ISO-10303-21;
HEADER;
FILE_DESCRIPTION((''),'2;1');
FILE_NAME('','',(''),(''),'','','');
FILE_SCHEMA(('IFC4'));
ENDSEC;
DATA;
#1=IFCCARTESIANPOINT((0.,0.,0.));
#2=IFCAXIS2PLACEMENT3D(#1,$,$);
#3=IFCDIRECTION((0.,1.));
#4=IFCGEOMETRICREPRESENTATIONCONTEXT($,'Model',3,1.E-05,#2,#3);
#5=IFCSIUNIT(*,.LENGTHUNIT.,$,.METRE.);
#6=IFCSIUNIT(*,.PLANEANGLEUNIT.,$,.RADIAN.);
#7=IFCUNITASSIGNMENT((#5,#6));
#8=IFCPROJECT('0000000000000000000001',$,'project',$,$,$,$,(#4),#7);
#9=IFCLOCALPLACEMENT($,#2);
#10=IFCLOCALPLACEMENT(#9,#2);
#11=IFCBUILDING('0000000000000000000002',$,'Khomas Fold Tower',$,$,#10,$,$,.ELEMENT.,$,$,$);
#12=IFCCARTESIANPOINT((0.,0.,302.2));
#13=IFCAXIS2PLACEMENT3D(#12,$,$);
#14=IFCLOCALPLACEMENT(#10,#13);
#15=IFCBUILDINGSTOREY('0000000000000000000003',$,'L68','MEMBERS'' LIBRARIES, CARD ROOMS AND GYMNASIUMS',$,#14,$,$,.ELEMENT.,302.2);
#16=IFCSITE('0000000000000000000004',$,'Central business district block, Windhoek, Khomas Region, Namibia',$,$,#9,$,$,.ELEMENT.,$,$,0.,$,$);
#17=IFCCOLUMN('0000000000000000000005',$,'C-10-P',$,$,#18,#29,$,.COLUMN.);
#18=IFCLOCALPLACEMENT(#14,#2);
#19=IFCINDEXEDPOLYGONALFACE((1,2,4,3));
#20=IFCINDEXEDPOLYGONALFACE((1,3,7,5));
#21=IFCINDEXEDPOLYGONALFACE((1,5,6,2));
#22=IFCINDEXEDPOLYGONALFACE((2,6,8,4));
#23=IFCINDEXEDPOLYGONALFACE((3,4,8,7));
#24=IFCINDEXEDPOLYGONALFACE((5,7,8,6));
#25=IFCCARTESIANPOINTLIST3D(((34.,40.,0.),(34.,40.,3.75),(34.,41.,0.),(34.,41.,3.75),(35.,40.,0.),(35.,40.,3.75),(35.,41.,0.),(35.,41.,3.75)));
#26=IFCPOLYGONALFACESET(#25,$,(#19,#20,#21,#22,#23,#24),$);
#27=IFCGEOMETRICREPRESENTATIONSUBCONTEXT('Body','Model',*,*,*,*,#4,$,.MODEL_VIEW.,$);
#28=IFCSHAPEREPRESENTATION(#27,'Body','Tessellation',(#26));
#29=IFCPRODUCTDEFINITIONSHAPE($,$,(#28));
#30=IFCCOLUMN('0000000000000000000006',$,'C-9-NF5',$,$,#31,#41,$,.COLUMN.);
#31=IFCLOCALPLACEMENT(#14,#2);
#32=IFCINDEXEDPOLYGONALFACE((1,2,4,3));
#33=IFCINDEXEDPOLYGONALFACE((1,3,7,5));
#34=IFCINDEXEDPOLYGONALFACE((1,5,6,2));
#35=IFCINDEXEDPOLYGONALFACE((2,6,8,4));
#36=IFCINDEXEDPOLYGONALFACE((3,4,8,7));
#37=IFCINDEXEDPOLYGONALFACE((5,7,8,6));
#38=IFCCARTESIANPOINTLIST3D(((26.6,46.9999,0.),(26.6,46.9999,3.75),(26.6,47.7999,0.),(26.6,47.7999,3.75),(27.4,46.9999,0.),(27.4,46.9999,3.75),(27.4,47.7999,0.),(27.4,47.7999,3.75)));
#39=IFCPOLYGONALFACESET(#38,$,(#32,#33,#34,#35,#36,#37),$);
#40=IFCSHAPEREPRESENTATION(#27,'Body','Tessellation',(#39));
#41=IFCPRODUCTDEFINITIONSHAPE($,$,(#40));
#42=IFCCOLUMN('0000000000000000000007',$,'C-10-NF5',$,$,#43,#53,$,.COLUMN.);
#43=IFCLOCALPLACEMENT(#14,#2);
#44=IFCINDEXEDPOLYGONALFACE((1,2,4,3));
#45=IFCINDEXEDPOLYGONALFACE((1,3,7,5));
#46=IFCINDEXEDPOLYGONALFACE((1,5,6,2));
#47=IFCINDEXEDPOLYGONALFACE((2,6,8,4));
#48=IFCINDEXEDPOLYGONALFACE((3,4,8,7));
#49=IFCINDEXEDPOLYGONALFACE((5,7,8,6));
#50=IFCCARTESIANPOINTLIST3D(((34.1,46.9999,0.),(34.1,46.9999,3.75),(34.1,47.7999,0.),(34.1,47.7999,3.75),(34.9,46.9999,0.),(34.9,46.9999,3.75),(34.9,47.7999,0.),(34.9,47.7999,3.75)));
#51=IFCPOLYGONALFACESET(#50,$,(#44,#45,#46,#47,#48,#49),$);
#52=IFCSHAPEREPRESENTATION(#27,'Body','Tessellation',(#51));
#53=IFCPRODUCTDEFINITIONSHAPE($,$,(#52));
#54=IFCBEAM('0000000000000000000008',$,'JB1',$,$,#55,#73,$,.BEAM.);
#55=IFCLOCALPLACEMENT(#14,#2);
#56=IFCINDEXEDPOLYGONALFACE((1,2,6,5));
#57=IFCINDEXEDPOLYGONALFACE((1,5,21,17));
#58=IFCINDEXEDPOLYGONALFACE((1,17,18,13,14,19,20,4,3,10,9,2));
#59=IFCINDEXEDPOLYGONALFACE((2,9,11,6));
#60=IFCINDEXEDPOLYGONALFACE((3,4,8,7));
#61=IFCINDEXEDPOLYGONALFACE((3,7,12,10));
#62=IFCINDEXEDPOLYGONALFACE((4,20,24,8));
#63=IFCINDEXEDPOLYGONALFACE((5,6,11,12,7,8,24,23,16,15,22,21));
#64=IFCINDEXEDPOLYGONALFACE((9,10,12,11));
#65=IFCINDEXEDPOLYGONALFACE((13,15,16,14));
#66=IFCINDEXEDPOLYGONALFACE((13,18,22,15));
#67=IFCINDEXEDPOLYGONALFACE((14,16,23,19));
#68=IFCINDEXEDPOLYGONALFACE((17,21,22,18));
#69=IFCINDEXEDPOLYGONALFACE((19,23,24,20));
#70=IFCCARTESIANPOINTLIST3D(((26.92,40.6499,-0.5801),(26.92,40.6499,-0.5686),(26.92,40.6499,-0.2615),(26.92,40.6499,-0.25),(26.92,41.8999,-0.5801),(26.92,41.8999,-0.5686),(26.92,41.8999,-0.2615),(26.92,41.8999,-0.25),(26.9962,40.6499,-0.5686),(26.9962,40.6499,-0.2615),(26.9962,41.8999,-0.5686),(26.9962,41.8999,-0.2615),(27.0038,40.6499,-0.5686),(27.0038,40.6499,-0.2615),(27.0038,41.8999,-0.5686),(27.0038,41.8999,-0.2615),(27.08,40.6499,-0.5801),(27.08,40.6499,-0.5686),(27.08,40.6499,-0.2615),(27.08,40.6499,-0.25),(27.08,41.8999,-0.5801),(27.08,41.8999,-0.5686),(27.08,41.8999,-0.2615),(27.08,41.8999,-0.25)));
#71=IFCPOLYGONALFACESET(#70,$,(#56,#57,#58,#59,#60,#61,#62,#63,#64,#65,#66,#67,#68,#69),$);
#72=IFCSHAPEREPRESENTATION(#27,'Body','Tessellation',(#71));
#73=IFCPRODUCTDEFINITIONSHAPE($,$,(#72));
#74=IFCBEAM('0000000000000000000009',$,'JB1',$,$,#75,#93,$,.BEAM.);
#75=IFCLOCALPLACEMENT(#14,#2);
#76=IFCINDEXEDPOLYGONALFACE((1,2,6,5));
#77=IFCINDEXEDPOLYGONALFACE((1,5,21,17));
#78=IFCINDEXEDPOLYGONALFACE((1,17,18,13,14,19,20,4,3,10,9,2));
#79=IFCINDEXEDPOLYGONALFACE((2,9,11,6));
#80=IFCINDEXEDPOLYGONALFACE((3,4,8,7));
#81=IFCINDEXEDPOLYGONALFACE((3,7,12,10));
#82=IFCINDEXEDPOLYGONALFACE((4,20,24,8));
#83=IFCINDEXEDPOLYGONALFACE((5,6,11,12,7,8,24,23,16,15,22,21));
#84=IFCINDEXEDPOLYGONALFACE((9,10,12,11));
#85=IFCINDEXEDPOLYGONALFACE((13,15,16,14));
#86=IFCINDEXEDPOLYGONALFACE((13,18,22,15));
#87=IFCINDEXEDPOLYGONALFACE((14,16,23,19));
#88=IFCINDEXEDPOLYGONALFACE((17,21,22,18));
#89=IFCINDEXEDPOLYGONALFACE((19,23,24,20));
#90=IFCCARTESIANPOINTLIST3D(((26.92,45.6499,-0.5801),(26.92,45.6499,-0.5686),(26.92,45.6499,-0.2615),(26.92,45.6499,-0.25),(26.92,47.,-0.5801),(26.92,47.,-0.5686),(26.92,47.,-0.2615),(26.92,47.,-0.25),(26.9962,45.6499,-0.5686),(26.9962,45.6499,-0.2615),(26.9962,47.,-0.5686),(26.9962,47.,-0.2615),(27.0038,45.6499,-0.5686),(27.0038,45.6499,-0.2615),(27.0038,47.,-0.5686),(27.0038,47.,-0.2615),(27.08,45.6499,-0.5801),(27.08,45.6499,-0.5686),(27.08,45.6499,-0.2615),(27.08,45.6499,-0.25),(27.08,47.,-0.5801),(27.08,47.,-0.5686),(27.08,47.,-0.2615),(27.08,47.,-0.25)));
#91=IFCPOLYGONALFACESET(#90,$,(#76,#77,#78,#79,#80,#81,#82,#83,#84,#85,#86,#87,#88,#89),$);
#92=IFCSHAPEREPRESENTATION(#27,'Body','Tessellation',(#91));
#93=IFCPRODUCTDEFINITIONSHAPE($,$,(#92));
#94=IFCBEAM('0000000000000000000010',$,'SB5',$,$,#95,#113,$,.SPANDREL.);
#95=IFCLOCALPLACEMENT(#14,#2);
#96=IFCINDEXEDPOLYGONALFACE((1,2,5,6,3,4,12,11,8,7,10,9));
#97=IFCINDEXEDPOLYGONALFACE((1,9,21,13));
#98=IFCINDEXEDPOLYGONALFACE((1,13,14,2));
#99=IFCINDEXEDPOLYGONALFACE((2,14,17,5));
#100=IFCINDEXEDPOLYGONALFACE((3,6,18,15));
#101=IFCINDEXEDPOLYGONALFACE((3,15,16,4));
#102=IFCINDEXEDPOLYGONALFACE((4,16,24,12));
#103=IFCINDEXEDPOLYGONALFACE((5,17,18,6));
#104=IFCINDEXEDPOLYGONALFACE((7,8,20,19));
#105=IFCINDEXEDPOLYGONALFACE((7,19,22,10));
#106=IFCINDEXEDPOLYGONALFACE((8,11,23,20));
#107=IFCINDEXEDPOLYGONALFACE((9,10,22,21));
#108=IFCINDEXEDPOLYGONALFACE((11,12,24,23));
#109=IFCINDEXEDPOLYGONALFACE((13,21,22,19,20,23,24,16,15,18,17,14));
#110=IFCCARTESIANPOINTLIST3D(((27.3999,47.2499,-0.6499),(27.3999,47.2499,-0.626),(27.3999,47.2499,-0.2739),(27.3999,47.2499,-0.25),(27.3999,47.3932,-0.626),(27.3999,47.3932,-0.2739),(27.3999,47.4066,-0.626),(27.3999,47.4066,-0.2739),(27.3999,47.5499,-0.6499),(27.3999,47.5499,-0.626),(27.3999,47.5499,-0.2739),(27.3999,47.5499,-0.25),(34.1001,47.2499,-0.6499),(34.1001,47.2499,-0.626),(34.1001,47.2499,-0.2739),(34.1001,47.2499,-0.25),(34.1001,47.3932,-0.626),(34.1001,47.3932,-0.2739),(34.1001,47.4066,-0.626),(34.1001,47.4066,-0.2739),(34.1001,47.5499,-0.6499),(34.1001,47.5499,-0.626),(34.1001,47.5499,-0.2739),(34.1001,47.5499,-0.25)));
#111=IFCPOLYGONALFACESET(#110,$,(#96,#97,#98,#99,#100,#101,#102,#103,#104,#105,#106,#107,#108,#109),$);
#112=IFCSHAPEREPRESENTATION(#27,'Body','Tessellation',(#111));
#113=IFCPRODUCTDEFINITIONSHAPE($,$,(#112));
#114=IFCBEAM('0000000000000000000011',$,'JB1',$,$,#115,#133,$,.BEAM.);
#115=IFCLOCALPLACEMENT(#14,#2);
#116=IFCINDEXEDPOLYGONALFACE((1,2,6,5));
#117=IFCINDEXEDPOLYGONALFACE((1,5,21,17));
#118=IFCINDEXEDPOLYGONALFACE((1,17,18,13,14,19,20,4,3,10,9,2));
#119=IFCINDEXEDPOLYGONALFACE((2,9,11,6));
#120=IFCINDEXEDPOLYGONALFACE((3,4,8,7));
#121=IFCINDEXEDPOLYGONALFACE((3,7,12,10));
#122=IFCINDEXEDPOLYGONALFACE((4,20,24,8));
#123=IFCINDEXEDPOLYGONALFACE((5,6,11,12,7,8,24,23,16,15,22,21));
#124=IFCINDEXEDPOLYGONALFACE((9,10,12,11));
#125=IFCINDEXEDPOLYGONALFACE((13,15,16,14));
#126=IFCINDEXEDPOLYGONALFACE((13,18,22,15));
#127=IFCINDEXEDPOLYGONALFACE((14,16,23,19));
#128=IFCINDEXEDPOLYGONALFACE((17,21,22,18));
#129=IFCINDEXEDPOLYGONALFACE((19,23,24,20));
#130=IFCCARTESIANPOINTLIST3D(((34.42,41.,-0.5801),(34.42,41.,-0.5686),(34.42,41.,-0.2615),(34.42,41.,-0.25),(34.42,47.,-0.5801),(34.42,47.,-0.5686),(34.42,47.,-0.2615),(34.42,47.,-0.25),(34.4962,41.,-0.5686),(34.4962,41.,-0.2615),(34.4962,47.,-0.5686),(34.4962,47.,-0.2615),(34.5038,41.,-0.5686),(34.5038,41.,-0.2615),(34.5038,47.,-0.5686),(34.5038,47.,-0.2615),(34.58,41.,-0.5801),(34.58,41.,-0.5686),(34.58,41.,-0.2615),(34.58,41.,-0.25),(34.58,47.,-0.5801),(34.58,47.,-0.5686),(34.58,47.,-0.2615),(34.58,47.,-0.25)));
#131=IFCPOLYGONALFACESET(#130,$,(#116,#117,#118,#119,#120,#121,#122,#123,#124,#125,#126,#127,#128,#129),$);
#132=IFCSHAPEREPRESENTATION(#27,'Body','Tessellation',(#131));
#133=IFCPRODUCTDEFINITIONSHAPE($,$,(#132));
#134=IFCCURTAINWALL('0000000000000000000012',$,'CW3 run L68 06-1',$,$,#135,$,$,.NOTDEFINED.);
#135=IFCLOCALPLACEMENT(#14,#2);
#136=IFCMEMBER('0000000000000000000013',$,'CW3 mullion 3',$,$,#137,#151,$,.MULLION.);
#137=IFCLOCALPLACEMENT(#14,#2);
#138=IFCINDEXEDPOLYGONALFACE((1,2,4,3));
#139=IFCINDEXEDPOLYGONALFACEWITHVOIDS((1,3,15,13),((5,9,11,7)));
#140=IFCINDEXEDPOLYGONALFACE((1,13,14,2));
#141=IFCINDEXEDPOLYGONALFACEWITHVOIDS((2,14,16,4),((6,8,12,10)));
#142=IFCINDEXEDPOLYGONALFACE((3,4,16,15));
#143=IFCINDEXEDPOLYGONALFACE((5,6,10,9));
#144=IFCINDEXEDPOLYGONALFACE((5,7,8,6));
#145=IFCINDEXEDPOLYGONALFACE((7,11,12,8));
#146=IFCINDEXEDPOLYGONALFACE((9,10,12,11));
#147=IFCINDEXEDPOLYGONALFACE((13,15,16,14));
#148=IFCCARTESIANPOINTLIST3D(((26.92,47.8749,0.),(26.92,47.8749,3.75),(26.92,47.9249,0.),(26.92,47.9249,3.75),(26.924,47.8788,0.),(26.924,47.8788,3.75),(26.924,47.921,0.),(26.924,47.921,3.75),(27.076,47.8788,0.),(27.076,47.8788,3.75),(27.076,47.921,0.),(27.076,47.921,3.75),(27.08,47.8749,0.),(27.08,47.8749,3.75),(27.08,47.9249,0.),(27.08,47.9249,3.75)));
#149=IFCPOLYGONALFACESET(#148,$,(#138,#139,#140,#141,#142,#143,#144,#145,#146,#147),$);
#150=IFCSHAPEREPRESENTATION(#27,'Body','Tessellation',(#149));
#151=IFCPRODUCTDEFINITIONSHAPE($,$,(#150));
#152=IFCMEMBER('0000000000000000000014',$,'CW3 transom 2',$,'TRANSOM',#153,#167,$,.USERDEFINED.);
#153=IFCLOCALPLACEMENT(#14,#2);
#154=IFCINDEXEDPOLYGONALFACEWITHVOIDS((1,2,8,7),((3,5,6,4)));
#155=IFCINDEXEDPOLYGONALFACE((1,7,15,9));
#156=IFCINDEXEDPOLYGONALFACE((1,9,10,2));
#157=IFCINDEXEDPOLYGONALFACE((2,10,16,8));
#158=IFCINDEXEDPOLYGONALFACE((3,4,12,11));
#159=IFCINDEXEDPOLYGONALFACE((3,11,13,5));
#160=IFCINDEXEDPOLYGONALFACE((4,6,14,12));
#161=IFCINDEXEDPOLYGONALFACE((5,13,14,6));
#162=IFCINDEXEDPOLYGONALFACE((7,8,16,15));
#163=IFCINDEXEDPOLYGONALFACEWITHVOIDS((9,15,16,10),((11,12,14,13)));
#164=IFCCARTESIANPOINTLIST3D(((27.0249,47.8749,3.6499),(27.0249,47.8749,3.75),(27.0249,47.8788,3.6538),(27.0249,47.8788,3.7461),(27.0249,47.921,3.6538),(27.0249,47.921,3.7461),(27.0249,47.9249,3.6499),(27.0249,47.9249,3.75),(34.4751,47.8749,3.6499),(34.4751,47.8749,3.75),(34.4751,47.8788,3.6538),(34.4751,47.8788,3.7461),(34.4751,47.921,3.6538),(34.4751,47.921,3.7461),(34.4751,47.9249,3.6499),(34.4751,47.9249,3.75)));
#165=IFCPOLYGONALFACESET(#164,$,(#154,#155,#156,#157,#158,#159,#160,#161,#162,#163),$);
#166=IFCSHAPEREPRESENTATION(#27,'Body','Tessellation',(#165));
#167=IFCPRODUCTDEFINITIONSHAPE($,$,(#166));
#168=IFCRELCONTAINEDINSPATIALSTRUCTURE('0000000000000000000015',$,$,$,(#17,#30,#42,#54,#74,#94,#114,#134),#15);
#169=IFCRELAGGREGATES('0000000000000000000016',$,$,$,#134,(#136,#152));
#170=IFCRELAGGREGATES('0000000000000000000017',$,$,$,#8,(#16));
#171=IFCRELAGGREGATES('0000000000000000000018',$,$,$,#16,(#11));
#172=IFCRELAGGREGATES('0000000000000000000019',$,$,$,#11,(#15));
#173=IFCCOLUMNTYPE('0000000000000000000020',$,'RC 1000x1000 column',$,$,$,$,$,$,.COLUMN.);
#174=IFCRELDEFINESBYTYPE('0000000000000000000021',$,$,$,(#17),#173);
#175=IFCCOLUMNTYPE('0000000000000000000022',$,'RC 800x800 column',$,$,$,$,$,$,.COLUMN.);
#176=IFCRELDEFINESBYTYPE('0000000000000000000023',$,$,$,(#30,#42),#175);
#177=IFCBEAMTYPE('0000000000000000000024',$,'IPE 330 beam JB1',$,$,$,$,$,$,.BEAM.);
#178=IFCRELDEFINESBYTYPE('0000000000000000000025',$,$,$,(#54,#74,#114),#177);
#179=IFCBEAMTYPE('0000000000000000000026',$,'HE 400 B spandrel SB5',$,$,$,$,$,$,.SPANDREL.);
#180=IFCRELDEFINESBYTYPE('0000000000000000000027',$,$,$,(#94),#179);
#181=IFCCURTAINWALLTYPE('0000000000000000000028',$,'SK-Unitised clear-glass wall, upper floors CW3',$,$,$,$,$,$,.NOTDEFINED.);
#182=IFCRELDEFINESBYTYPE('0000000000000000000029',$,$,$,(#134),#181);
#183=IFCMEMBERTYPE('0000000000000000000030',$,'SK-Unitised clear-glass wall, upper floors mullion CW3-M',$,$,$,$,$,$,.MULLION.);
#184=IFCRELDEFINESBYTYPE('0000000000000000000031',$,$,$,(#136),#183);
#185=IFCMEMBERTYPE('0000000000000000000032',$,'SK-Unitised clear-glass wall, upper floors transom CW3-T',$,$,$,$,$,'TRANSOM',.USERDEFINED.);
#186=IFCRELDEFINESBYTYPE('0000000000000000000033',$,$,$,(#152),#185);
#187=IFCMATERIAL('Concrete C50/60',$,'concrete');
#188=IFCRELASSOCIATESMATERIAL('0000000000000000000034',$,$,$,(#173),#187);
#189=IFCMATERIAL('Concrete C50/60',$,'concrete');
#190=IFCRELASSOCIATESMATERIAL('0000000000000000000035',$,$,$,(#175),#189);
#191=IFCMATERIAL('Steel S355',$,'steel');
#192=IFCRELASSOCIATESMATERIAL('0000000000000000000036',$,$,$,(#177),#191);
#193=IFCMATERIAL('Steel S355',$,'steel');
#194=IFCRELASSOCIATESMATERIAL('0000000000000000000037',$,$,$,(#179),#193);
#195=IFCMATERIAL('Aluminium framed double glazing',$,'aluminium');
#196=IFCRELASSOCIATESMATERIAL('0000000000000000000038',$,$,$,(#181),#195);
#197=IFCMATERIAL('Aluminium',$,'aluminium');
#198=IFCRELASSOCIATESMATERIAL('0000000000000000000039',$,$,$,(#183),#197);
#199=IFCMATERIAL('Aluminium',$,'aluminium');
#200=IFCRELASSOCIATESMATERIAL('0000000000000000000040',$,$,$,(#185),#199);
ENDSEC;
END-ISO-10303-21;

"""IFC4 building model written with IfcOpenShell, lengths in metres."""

from ifc_helpers import new_model, si_unit, direction, frame, origin, origin_2d, place, context, subcontext, project, spatial, rectangle, hollow_rectangle, i_section, extrude, source, transform, mapped, material, material_profile, profile_set, type_object, element, aggregate, save


model = new_model("IFC4")

# Units and contexts
model_context = context("Model", 3, precision=1e-05, world=origin(), true_north=direction((0.0, 1.0)))
body_context = subcontext(model_context, "Body", "Model", "MODEL_VIEW")
ifc_project = project(units=[si_unit("LENGTHUNIT", "METRE"), si_unit("PLANEANGLEUNIT", "RADIAN")], contexts=[model_context])

# Site, building, storey
site_placement = place(None, origin())
site = spatial("IfcSite", under=ifc_project, at=site_placement, Name="Central business district block, Windhoek, Khomas Region, Namibia", CompositionType="ELEMENT", RefElevation=0.0)
building_placement = place(site_placement, origin())
building = spatial("IfcBuilding", under=site, at=building_placement, Name="Khomas Fold Tower", CompositionType="ELEMENT")
storey_placement = place(building_placement, frame((0.0, 0.0, 302.2)))
storey = spatial("IfcBuildingStorey", under=building, at=storey_placement, Name="L68", Description="MEMBERS' LIBRARIES, CARD ROOMS AND GYMNASIUMS", CompositionType="ELEMENT", Elevation=302.2)

# Columns
ifc_material_1 = material(Name="Concrete C50/60", Category="concrete")
ifc_material_profile_1 = material_profile(ifc_material_1, rectangle(XDim=1.0, YDim=1.0, at=origin_2d()), Name="RC 1000x1000")
ifc_profile_set_1 = profile_set([ifc_material_profile_1], Name="Concrete C50/60")
column_type_1 = type_object("IfcColumnType", Name="RC 1000x1000 column", PredefinedType="COLUMN", material=ifc_profile_set_1)
shared_shape_1 = source(origin(), body_context, "Body", "SweptSolid", [
    extrude(rectangle(XDim=1.0, YDim=1.0, at=origin_2d()), origin(), (0.0, 0.0, 1.0), 3.75),
])
column_placement = place(storey_placement, frame((34.5, 40.5, 0.0), z_axis=(0.0, 0.0, 1.0), x_axis=(1.0, 0.0, 0.0)))
element("IfcColumn", 1, at=column_placement, inside=storey, type_object=column_type_1, Name="C-10-P", PredefinedType="COLUMN", context=body_context, shape_type="MappedRepresentation", body=[
    mapped(shared_shape_1, transform((0.0, 0.0, 0.0))),
])
ifc_material_2 = material(Name="Concrete C50/60", Category="concrete")
ifc_material_profile_2 = material_profile(ifc_material_2, rectangle(XDim=0.8, YDim=0.8, at=origin_2d()), Name="RC 800x800")
ifc_profile_set_2 = profile_set([ifc_material_profile_2], Name="Concrete C50/60")
column_type_2 = type_object("IfcColumnType", Name="RC 800x800 column", PredefinedType="COLUMN", material=ifc_profile_set_2)
shared_shape_2 = source(origin(), body_context, "Body", "SweptSolid", [
    extrude(rectangle(XDim=0.8, YDim=0.8, at=origin_2d()), origin(), (0.0, 0.0, 1.0), 3.75),
])
for number, where, z_axis, x_axis, name in (
    (2, (27.0, 47.3999, 0.0), (0.0, 0.0, 1.0), (1.0, 0.0, 0.0), "C-9-NF5"),
    (3, (34.5, 47.3999, 0.0), (0.0, 0.0, 1.0), (1.0, 0.0, 0.0), "C-10-NF5"),
):
    element("IfcColumn", number, at=place(storey_placement, frame(where, z_axis=z_axis, x_axis=x_axis)), inside=storey, type_object=column_type_2, Name=name, PredefinedType="COLUMN", context=body_context, shape_type="MappedRepresentation", body=[
        mapped(shared_shape_2, transform((0.0, 0.0, 0.0))),
    ])

# Beams
ifc_material_3 = material(Name="Steel S355", Category="steel")
ifc_material_profile_3 = material_profile(ifc_material_3, i_section(OverallWidth=0.1599, OverallDepth=0.3301, WebThickness=0.0076, FlangeThickness=0.0115, at=origin_2d()), Name="IPE 330")
ifc_profile_set_3 = profile_set([ifc_material_profile_3], Name="Steel S355")
beam_type_1 = type_object("IfcBeamType", Name="IPE 330 beam JB1", PredefinedType="BEAM", material=ifc_profile_set_3)
shared_shape_3 = source(origin(), body_context, "Body", "SweptSolid", [
    extrude(i_section(OverallWidth=0.1599, OverallDepth=0.3301, WebThickness=0.0076, FlangeThickness=0.0115, at=origin_2d()), origin(), (0.0, 0.0, 1.0), 1.25),
])
beam_1_placement = place(storey_placement, frame((27.0, 40.6499, -0.415), z_axis=(0.0, 1.0, 0.0), x_axis=(-1.0, 0.0, 0.0)))
element("IfcBeam", 4, at=beam_1_placement, inside=storey, type_object=beam_type_1, Name="JB1", PredefinedType="BEAM", context=body_context, shape_type="MappedRepresentation", body=[
    mapped(shared_shape_3, transform((0.0, 0.0, 0.0))),
])
shared_shape_4 = source(origin(), body_context, "Body", "SweptSolid", [
    extrude(i_section(OverallWidth=0.1599, OverallDepth=0.3301, WebThickness=0.0076, FlangeThickness=0.0115, at=origin_2d()), origin(), (0.0, 0.0, 1.0), 1.3501),
])
beam_2_placement = place(storey_placement, frame((27.0, 45.6499, -0.415), z_axis=(0.0, 1.0, 0.0), x_axis=(-1.0, 0.0, 0.0)))
element("IfcBeam", 5, at=beam_2_placement, inside=storey, type_object=beam_type_1, Name="JB1", PredefinedType="BEAM", context=body_context, shape_type="MappedRepresentation", body=[
    mapped(shared_shape_4, transform((0.0, 0.0, 0.0))),
])
ifc_material_4 = material(Name="Steel S355", Category="steel")
ifc_material_profile_4 = material_profile(ifc_material_4, i_section(OverallWidth=0.3, OverallDepth=0.3999, WebThickness=0.0134, FlangeThickness=0.0239, at=origin_2d()), Name="HE 400 B")
ifc_profile_set_4 = profile_set([ifc_material_profile_4], Name="Steel S355")
beam_type_2 = type_object("IfcBeamType", Name="HE 400 B spandrel SB5", PredefinedType="SPANDREL", material=ifc_profile_set_4)
shared_shape_5 = source(origin(), body_context, "Body", "SweptSolid", [
    extrude(i_section(OverallWidth=0.3, OverallDepth=0.3999, WebThickness=0.0134, FlangeThickness=0.0239, at=origin_2d()), origin(), (0.0, 0.0, 1.0), 6.7002),
])
beam_3_placement = place(storey_placement, frame((27.3999, 47.3999, -0.45), z_axis=(1.0, 0.0, 0.0), x_axis=(0.0, 1.0, 0.0)))
element("IfcBeam", 6, at=beam_3_placement, inside=storey, type_object=beam_type_2, Name="SB5", PredefinedType="SPANDREL", context=body_context, shape_type="MappedRepresentation", body=[
    mapped(shared_shape_5, transform((0.0, 0.0, 0.0))),
])
shared_shape_6 = source(origin(), body_context, "Body", "SweptSolid", [
    extrude(i_section(OverallWidth=0.1599, OverallDepth=0.3301, WebThickness=0.0076, FlangeThickness=0.0115, at=origin_2d()), origin(), (0.0, 0.0, 1.0), 6.0),
])
beam_4_placement = place(storey_placement, frame((34.5, 41.0, -0.415), z_axis=(0.0, 1.0, 0.0), x_axis=(-1.0, 0.0, 0.0)))
element("IfcBeam", 7, at=beam_4_placement, inside=storey, type_object=beam_type_1, Name="JB1", PredefinedType="BEAM", context=body_context, shape_type="MappedRepresentation", body=[
    mapped(shared_shape_6, transform((0.0, 0.0, 0.0))),
])

# Curtain wall, members
ifc_material_5 = material(Name="Aluminium framed double glazing", Category="aluminium")
curtain_wall_type = type_object("IfcCurtainWallType", Name="SK-Unitised clear-glass wall, upper floors CW3", PredefinedType="NOTDEFINED", material=ifc_material_5)
curtain_wall_placement = place(storey_placement, origin())
curtain_wall = element("IfcCurtainWall", 8, at=curtain_wall_placement, inside=storey, type_object=curtain_wall_type, Name="CW3 run L68 06-1", PredefinedType="NOTDEFINED")
ifc_material_6 = material(Name="Aluminium", Category="aluminium")
ifc_material_profile_5 = material_profile(ifc_material_6, hollow_rectangle(XDim=0.05, YDim=0.1599, WallThickness=0.0039, at=origin_2d()), Name="SK-Unitised clear-glass wall, upper floors mullion CW3-M")
ifc_profile_set_5 = profile_set([ifc_material_profile_5], Name="Aluminium")
member_type_1 = type_object("IfcMemberType", Name="SK-Unitised clear-glass wall, upper floors mullion CW3-M", PredefinedType="MULLION", material=ifc_profile_set_5)
shared_shape_7 = source(origin(), body_context, "Body", "SweptSolid", [
    extrude(hollow_rectangle(XDim=0.05, YDim=0.1599, WallThickness=0.0039, at=origin_2d()), origin(), (0.0, 0.0, 1.0), 3.75),
])
member_1_placement = place(storey_placement, frame((27.0, 47.8999, 0.0), z_axis=(0.0, 0.0, 1.0), x_axis=(0.0, -1.0, 0.0)))
member_1 = element("IfcMember", 9, at=member_1_placement, type_object=member_type_1, Name="CW3 mullion 3", PredefinedType="MULLION", context=body_context, shape_type="MappedRepresentation", body=[
    mapped(shared_shape_7, transform((0.0, 0.0, 0.0))),
])
ifc_material_7 = material(Name="Aluminium", Category="aluminium")
ifc_material_profile_6 = material_profile(ifc_material_7, hollow_rectangle(XDim=0.05, YDim=0.1001, WallThickness=0.0039, at=origin_2d()), Name="SK-Unitised clear-glass wall, upper floors transom CW3-T")
ifc_profile_set_6 = profile_set([ifc_material_profile_6], Name="Aluminium")
member_type_2 = type_object("IfcMemberType", Name="SK-Unitised clear-glass wall, upper floors transom CW3-T", ElementType="TRANSOM", PredefinedType="USERDEFINED", material=ifc_profile_set_6)
shared_shape_8 = source(origin(), body_context, "Body", "SweptSolid", [
    extrude(hollow_rectangle(XDim=0.05, YDim=0.1001, WallThickness=0.0039, at=origin_2d()), origin(), (0.0, 0.0, 1.0), 7.4502),
])
member_2_placement = place(storey_placement, frame((34.4751, 47.8999, 3.7), z_axis=(-1.0, 0.0, 0.0), x_axis=(0.0, -1.0, 0.0)))
member_2 = element("IfcMember", 10, at=member_2_placement, type_object=member_type_2, Name="CW3 transom 2", ObjectType="TRANSOM", PredefinedType="USERDEFINED", context=body_context, shape_type="MappedRepresentation", body=[
    mapped(shared_shape_8, transform((0.0, 0.0, 0.0))),
])
aggregate(curtain_wall, [member_1, member_2])

save(model, "model.ifc")
